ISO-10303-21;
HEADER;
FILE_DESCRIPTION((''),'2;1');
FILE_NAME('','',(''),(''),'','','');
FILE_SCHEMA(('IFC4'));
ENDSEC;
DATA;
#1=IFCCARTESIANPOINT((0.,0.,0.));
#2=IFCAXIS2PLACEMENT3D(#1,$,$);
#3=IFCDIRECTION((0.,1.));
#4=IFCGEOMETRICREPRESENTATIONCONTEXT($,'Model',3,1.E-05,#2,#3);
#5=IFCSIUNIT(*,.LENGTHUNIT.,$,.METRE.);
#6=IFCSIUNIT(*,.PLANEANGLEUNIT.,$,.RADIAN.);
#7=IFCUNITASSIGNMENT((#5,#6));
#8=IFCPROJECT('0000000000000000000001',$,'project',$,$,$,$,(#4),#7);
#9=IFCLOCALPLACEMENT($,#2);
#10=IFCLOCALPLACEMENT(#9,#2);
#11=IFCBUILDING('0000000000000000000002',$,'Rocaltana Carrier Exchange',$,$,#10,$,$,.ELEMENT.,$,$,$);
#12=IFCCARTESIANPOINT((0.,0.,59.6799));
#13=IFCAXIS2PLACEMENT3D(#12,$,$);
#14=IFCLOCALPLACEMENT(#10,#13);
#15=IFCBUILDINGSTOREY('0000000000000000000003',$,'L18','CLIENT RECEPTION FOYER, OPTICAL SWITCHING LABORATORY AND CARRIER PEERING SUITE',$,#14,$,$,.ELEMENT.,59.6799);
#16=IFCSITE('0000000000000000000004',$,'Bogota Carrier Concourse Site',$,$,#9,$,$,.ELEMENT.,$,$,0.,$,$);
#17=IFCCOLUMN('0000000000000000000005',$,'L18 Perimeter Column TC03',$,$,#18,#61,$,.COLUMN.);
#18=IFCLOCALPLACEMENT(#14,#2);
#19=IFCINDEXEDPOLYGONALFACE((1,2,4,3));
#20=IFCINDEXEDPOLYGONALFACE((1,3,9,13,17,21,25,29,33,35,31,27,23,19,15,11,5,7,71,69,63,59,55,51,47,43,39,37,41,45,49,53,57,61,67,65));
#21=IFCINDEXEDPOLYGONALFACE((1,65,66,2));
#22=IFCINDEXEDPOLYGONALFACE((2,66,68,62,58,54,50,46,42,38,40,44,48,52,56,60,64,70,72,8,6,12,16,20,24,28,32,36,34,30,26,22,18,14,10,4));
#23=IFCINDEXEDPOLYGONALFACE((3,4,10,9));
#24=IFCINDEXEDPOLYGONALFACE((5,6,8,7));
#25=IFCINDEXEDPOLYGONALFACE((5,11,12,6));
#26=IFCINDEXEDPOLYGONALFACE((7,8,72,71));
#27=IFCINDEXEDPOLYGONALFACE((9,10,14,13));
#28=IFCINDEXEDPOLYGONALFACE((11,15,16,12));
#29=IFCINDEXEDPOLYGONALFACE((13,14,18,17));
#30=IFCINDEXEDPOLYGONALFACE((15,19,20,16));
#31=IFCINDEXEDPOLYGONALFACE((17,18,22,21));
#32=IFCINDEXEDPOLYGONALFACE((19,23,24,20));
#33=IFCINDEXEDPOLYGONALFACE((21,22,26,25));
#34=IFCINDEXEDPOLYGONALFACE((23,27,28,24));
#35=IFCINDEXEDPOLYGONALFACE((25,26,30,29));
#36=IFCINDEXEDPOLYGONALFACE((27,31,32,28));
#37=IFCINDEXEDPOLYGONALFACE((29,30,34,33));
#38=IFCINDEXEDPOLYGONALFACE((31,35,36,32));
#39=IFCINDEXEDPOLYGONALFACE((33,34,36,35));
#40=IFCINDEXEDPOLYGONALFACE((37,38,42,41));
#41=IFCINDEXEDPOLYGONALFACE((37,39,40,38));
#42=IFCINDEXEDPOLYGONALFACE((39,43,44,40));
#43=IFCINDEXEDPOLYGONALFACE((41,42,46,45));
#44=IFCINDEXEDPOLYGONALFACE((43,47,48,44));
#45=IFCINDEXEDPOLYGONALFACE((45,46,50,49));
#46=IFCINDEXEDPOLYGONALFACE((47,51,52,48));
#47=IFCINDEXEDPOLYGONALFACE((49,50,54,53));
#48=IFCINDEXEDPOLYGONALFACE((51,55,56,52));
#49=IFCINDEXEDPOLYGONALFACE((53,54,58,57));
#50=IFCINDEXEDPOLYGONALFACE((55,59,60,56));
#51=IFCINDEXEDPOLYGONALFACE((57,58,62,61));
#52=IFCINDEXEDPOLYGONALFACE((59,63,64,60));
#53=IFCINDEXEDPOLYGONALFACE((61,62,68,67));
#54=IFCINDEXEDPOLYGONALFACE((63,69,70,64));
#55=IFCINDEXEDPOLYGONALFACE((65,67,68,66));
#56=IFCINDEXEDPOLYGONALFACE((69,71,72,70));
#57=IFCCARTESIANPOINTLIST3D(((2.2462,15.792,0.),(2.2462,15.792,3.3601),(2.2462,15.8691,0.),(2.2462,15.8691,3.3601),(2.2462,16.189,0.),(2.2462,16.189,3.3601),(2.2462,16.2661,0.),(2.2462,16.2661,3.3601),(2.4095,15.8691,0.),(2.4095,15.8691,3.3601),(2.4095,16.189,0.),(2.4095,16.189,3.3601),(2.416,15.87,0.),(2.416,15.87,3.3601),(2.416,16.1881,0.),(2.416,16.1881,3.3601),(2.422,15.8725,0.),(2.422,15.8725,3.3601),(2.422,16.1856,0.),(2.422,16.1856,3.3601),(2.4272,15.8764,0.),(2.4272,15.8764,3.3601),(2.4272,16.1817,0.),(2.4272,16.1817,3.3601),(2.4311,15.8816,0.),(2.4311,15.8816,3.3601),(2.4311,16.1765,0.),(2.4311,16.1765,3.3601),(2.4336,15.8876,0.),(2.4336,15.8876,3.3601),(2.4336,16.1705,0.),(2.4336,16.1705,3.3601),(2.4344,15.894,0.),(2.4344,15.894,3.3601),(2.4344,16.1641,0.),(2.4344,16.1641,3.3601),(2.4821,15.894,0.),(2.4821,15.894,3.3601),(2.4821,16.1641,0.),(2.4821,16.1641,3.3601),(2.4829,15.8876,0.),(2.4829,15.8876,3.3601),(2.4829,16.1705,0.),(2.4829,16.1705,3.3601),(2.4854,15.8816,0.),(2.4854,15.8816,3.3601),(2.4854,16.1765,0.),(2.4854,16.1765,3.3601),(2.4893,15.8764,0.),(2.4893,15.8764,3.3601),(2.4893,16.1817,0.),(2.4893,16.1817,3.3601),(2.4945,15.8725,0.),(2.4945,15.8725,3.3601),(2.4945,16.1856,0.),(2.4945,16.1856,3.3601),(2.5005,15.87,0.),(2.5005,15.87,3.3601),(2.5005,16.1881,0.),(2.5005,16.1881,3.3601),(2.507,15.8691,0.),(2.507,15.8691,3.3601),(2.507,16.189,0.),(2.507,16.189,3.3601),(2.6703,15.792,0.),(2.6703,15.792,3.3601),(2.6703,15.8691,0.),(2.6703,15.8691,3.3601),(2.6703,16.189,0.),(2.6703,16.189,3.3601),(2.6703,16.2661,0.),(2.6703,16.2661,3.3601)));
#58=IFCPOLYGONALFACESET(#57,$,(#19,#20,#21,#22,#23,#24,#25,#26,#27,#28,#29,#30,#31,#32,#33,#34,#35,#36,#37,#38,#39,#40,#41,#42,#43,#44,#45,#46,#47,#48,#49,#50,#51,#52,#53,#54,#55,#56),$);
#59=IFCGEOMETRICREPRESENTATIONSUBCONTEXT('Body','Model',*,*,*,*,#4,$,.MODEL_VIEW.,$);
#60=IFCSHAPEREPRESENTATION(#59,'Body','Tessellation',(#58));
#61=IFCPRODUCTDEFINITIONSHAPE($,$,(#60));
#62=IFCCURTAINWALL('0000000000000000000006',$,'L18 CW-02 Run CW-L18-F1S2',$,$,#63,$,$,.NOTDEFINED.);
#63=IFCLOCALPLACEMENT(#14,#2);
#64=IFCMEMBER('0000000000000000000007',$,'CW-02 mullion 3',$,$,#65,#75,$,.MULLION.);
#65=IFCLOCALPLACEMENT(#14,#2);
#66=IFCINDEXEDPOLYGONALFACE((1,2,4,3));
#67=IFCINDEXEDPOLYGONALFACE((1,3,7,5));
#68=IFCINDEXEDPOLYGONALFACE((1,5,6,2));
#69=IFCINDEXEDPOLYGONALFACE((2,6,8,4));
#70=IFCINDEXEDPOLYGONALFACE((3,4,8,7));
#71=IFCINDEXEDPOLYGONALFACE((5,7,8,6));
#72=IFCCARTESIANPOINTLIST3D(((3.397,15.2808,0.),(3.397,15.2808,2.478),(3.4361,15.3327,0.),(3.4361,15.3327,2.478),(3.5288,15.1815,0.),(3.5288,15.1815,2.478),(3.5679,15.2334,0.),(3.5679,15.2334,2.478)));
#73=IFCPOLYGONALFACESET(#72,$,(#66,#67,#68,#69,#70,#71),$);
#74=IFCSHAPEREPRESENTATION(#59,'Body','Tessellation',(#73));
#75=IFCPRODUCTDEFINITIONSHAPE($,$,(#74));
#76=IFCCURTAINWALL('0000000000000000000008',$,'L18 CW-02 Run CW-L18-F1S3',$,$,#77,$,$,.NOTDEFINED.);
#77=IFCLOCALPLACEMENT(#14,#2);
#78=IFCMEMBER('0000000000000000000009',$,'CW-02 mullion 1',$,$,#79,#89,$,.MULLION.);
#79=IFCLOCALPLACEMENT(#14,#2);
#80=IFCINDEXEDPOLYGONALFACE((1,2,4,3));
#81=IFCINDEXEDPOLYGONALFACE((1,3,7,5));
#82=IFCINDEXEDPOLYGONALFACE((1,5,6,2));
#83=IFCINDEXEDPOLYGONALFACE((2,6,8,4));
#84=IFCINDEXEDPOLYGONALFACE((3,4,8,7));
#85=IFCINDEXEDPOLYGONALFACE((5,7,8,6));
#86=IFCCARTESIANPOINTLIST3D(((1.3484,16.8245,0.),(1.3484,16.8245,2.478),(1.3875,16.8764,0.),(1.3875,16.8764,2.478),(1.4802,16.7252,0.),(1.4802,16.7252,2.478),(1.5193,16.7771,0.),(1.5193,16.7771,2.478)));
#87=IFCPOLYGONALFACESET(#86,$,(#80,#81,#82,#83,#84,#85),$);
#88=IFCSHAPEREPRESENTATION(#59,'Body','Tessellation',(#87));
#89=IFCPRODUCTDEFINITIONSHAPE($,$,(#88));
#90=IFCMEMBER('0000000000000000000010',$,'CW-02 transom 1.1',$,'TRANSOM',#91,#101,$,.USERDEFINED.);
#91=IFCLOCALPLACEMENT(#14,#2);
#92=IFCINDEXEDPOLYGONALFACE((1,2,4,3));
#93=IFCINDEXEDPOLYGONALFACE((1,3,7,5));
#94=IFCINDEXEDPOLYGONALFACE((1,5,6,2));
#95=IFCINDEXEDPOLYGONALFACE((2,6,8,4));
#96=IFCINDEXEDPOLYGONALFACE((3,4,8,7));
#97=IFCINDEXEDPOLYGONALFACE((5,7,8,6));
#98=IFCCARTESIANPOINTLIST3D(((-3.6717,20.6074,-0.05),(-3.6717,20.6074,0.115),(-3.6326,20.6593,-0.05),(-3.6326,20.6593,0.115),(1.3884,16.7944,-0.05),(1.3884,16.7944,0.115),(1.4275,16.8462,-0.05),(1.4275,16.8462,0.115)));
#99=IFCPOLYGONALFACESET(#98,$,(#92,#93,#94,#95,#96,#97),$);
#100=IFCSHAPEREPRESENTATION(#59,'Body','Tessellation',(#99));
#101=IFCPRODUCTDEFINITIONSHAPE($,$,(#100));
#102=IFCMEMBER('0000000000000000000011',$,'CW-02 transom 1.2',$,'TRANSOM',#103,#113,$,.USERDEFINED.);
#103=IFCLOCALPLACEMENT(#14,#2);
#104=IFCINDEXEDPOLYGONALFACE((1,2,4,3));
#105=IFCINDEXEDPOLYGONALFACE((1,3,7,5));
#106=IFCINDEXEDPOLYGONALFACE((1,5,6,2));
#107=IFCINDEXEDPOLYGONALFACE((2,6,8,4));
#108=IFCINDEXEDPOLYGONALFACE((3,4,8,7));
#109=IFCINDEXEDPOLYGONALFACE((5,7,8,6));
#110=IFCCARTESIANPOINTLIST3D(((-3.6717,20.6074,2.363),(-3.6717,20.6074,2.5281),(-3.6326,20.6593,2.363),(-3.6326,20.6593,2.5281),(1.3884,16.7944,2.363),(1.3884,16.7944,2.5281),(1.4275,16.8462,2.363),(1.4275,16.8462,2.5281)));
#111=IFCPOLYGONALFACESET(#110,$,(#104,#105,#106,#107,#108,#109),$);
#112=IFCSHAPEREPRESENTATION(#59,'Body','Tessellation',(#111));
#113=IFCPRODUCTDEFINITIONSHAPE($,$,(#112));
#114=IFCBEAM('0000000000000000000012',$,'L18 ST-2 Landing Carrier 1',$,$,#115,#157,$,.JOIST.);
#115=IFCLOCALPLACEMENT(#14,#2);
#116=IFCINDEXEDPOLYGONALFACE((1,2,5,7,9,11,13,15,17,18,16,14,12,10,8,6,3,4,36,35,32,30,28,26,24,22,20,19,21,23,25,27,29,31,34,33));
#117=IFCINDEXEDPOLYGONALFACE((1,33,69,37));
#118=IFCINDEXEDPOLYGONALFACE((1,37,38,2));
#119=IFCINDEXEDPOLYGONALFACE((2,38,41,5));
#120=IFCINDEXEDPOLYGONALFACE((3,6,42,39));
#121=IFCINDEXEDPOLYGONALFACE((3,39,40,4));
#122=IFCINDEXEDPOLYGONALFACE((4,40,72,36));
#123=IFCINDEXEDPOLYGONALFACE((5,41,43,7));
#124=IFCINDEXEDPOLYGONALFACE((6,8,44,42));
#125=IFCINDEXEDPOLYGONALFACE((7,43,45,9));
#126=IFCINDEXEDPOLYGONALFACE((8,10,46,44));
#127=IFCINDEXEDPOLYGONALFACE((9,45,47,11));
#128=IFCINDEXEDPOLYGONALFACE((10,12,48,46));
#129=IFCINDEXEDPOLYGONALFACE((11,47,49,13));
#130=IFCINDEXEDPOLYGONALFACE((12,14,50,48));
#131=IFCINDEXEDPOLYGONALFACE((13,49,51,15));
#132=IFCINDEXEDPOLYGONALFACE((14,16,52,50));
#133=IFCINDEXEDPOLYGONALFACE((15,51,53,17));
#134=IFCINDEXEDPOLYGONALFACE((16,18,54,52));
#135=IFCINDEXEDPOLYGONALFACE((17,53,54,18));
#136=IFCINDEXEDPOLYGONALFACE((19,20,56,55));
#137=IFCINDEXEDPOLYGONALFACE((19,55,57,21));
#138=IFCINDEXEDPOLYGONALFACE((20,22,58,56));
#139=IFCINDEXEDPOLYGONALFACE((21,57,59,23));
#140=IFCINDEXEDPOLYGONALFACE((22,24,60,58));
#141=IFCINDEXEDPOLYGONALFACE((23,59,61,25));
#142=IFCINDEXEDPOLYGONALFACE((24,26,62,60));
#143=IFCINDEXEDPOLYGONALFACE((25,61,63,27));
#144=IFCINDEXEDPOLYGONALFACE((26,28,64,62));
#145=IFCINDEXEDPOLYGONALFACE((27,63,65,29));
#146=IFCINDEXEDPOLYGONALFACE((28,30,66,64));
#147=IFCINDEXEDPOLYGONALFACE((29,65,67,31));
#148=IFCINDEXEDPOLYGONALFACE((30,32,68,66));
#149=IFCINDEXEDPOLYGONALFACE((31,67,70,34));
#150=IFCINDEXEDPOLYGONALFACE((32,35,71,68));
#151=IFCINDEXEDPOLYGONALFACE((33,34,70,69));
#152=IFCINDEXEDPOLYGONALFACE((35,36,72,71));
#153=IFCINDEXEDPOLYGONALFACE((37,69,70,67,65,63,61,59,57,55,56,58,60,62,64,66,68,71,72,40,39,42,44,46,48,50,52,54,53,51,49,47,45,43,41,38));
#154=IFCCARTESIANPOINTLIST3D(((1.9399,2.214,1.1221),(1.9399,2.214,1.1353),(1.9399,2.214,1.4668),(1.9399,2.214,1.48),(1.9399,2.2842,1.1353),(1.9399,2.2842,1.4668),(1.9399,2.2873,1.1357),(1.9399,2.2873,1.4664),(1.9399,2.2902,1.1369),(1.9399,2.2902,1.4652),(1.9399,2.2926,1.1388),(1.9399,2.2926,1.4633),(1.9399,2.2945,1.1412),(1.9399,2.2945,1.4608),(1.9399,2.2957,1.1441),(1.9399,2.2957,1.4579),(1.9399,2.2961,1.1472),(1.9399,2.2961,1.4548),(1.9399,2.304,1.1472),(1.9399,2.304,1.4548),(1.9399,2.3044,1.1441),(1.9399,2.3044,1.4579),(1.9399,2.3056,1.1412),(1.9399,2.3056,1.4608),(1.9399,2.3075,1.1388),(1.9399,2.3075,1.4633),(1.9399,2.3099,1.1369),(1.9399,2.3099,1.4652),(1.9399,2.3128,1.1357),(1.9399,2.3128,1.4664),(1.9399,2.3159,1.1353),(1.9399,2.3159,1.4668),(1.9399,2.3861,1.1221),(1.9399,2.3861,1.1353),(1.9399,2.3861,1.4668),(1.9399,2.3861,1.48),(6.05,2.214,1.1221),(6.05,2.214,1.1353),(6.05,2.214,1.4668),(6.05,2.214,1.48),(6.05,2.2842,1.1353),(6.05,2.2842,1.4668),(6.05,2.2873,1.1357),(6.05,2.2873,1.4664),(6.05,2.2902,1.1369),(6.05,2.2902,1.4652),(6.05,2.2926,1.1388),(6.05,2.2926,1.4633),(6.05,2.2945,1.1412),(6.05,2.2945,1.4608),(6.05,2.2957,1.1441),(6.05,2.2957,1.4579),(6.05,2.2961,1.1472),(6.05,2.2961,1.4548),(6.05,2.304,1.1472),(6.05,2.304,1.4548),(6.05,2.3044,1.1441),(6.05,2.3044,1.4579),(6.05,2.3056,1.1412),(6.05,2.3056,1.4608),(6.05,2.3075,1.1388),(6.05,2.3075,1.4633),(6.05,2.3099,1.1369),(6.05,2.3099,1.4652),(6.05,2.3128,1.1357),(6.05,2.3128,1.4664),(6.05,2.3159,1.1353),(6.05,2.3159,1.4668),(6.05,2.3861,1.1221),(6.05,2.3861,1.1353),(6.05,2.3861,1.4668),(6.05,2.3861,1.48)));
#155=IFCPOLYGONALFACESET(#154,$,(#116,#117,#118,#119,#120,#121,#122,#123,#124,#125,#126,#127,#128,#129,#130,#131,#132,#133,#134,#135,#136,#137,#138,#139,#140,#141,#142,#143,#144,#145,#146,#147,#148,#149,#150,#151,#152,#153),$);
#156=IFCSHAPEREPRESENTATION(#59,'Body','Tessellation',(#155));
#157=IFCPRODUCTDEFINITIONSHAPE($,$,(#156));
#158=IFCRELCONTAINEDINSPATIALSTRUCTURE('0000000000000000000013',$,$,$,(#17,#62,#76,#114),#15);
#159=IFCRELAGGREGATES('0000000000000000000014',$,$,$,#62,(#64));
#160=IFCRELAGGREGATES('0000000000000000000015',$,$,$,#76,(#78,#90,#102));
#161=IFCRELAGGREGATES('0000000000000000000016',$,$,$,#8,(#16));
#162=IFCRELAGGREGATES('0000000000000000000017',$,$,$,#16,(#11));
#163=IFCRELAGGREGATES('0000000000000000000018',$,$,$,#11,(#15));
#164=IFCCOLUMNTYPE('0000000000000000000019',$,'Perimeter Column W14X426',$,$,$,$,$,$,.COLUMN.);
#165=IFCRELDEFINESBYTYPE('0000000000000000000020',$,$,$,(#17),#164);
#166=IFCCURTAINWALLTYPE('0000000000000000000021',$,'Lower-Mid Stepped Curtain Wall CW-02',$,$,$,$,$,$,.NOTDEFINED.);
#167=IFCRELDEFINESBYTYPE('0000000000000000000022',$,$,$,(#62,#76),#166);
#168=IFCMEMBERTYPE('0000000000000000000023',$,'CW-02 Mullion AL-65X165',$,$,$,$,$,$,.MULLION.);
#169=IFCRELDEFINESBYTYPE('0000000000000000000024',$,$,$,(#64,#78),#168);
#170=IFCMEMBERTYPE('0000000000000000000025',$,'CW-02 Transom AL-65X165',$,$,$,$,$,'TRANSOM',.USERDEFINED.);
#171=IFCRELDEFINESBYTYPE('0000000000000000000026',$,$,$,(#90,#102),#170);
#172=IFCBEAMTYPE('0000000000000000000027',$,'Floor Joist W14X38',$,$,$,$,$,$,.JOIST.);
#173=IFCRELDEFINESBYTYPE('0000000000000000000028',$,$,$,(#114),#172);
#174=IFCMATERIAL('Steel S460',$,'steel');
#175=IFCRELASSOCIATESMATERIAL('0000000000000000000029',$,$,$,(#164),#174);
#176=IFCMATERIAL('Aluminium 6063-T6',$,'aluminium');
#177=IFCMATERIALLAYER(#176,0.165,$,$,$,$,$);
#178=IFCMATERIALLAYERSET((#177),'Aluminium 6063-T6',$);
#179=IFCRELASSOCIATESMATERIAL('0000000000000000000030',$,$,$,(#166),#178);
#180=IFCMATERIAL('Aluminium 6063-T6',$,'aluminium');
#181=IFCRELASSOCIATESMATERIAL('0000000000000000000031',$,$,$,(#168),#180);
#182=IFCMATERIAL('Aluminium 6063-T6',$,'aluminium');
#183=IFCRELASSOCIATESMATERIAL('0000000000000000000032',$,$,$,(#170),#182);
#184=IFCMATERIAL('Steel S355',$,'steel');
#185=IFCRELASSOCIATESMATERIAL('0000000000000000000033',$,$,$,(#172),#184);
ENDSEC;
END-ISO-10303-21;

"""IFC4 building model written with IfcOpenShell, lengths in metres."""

from ifc_helpers import new_model, si_unit, direction, frame, origin, origin_2d, place, context, subcontext, project, spatial, rectangle, i_section, extrude, material, layer, layer_set, material_profile, profile_set, type_object, element, aggregate, save


model = new_model("IFC4")

# Units and contexts
model_context = context("Model", 3, precision=1e-05, world=origin(), true_north=direction((0.0, 1.0)))
body_context = subcontext(model_context, "Body", "Model", "MODEL_VIEW")
ifc_project = project(units=[si_unit("LENGTHUNIT", "METRE"), si_unit("PLANEANGLEUNIT", "RADIAN")], contexts=[model_context])

# Site, building, storey
site_placement = place(None, origin())
site = spatial("IfcSite", under=ifc_project, at=site_placement, Name="Bogota Carrier Concourse Site", CompositionType="ELEMENT", RefElevation=0.0)
building_placement = place(site_placement, origin())
building = spatial("IfcBuilding", under=site, at=building_placement, Name="Rocaltana Carrier Exchange", CompositionType="ELEMENT")
storey_placement = place(building_placement, frame((0.0, 0.0, 59.6799)))
storey = spatial("IfcBuildingStorey", under=building, at=storey_placement, Name="L18", Description="CLIENT RECEPTION FOYER, OPTICAL SWITCHING LABORATORY AND CARRIER PEERING SUITE", CompositionType="ELEMENT", Elevation=59.6799)

# Column
ifc_material_1 = material(Name="Steel S460", Category="steel")
ifc_material_profile_1 = material_profile(ifc_material_1, i_section(OverallWidth=0.4241, OverallDepth=0.4741, WebThickness=0.0476, FlangeThickness=0.0771, FilletRadius=0.0249, at=origin_2d()), Name="W14X426")
ifc_profile_set_1 = profile_set([ifc_material_profile_1], Name="Steel S460")
column_type = type_object("IfcColumnType", Name="Perimeter Column W14X426", PredefinedType="COLUMN", material=ifc_profile_set_1)
column_placement = place(storey_placement, frame((2.4583, 16.0291, 0.0), z_axis=(0.0, 0.0, 1.0), x_axis=(1.0, 0.0, 0.0)))
element("IfcColumn", 1, at=column_placement, inside=storey, type_object=column_type, Name="L18 Perimeter Column TC03", PredefinedType="COLUMN", context=body_context, shape_type="SweptSolid", body=[
    extrude(i_section(OverallWidth=0.4241, OverallDepth=0.4741, WebThickness=0.0476, FlangeThickness=0.0771, FilletRadius=0.0249, at=origin_2d()), origin(), (0.0, 0.0, 1.0), 3.3601),
])

# Curtain wall, member
ifc_material_2 = material(Name="Aluminium 6063-T6", Category="aluminium")
ifc_layer_1 = layer(ifc_material_2, 0.165)
ifc_layer_set_1 = layer_set([ifc_layer_1], Name="Aluminium 6063-T6")
curtain_wall_type = type_object("IfcCurtainWallType", Name="Lower-Mid Stepped Curtain Wall CW-02", PredefinedType="NOTDEFINED", material=ifc_layer_set_1)
curtain_wall_1_placement = place(storey_placement, origin())
curtain_wall_1 = element("IfcCurtainWall", 2, at=curtain_wall_1_placement, inside=storey, type_object=curtain_wall_type, Name="L18 CW-02 Run CW-L18-F1S2", PredefinedType="NOTDEFINED")
ifc_material_3 = material(Name="Aluminium 6063-T6", Category="aluminium")
ifc_material_profile_2 = material_profile(ifc_material_3, rectangle(XDim=0.0649, YDim=0.165, at=origin_2d()), Name="AL-65X165")
ifc_profile_set_2 = profile_set([ifc_material_profile_2], Name="Aluminium 6063-T6")
member_type_1 = type_object("IfcMemberType", Name="CW-02 Mullion AL-65X165", PredefinedType="MULLION", material=ifc_profile_set_2)
member_1_placement = place(storey_placement, frame((3.4824, 15.2571, 0.0), z_axis=(0.0, 0.0, 1.0), x_axis=(-0.601815, -0.798635, 0.0)))
member_1 = element("IfcMember", 3, at=member_1_placement, type_object=member_type_1, Name="CW-02 mullion 3", PredefinedType="MULLION", context=body_context, shape_type="SweptSolid", body=[
    extrude(rectangle(XDim=0.0649, YDim=0.165, at=origin_2d()), origin(), (0.0, 0.0, 1.0), 2.478),
])
aggregate(curtain_wall_1, [member_1])

# Curtain wall, members
curtain_wall_2_placement = place(storey_placement, origin())
curtain_wall_2 = element("IfcCurtainWall", 4, at=curtain_wall_2_placement, inside=storey, type_object=curtain_wall_type, Name="L18 CW-02 Run CW-L18-F1S3", PredefinedType="NOTDEFINED")
member_2_placement = place(storey_placement, frame((1.4338, 16.8008, 0.0), z_axis=(0.0, 0.0, 1.0), x_axis=(-0.601812, -0.798638, 0.0)))
member_2 = element("IfcMember", 5, at=member_2_placement, type_object=member_type_1, Name="CW-02 mullion 1", PredefinedType="MULLION", context=body_context, shape_type="SweptSolid", body=[
    extrude(rectangle(XDim=0.0649, YDim=0.165, at=origin_2d()), origin(), (0.0, 0.0, 1.0), 2.478),
])
ifc_material_4 = material(Name="Aluminium 6063-T6", Category="aluminium")
ifc_material_profile_3 = material_profile(ifc_material_4, rectangle(XDim=0.0649, YDim=0.165, at=origin_2d()), Name="AL-65X165")
ifc_profile_set_3 = profile_set([ifc_material_profile_3], Name="Aluminium 6063-T6")
member_type_2 = type_object("IfcMemberType", Name="CW-02 Transom AL-65X165", ElementType="TRANSOM", PredefinedType="USERDEFINED", material=ifc_profile_set_3)
member_3_placement = place(storey_placement, frame((1.408, 16.8203, 0.0325), z_axis=(-0.798638, 0.601811, 0.0), x_axis=(-0.601811, -0.798638, 0.0)))
member_3 = element("IfcMember", 6, at=member_3_placement, type_object=member_type_2, Name="CW-02 transom 1.1", ObjectType="TRANSOM", PredefinedType="USERDEFINED", context=body_context, shape_type="SweptSolid", body=[
    extrude(rectangle(XDim=0.0649, YDim=0.165, at=origin_2d()), origin(), (0.0, 0.0, 1.0), 6.3359),
])
member_4_placement = place(storey_placement, frame((1.408, 16.8203, 2.4456), z_axis=(-0.798638, 0.601811, 0.0), x_axis=(-0.601811, -0.798638, 0.0)))
member_4 = element("IfcMember", 7, at=member_4_placement, type_object=member_type_2, Name="CW-02 transom 1.2", ObjectType="TRANSOM", PredefinedType="USERDEFINED", context=body_context, shape_type="SweptSolid", body=[
    extrude(rectangle(XDim=0.0649, YDim=0.165, at=origin_2d()), origin(), (0.0, 0.0, 1.0), 6.3359),
])

# Beam
ifc_material_5 = material(Name="Steel S355", Category="steel")
ifc_material_profile_4 = material_profile(ifc_material_5, i_section(OverallWidth=0.1721, OverallDepth=0.3579, WebThickness=0.0078, FlangeThickness=0.0132, FilletRadius=0.012, at=origin_2d()), Name="W14X38")
ifc_profile_set_4 = profile_set([ifc_material_profile_4], Name="Steel S355")
beam_type_1 = type_object("IfcBeamType", Name="Floor Joist W14X38", PredefinedType="JOIST", material=ifc_profile_set_4)
for number, where, z_axis, x_axis, name in (
    (8, (1.9399, 2.3, 1.301), (1.0, 0.0, 0.0), (0.0, 1.0, 0.0), "L18 ST-2 Landing Carrier 1"),
):
    element("IfcBeam", number, at=place(storey_placement, frame(where, z_axis=z_axis, x_axis=x_axis)), inside=storey, type_object=beam_type_1, Name=name, PredefinedType="JOIST", context=body_context, shape_type="SweptSolid", body=[
        extrude(i_section(OverallWidth=0.1721, OverallDepth=0.3579, WebThickness=0.0078, FlangeThickness=0.0132, FilletRadius=0.012, at=origin_2d()), origin(), (0.0, 0.0, 1.0), 4.1101),
    ])

aggregate(curtain_wall_2, [member_2, member_3, member_4])

save(model, "model.ifc")
